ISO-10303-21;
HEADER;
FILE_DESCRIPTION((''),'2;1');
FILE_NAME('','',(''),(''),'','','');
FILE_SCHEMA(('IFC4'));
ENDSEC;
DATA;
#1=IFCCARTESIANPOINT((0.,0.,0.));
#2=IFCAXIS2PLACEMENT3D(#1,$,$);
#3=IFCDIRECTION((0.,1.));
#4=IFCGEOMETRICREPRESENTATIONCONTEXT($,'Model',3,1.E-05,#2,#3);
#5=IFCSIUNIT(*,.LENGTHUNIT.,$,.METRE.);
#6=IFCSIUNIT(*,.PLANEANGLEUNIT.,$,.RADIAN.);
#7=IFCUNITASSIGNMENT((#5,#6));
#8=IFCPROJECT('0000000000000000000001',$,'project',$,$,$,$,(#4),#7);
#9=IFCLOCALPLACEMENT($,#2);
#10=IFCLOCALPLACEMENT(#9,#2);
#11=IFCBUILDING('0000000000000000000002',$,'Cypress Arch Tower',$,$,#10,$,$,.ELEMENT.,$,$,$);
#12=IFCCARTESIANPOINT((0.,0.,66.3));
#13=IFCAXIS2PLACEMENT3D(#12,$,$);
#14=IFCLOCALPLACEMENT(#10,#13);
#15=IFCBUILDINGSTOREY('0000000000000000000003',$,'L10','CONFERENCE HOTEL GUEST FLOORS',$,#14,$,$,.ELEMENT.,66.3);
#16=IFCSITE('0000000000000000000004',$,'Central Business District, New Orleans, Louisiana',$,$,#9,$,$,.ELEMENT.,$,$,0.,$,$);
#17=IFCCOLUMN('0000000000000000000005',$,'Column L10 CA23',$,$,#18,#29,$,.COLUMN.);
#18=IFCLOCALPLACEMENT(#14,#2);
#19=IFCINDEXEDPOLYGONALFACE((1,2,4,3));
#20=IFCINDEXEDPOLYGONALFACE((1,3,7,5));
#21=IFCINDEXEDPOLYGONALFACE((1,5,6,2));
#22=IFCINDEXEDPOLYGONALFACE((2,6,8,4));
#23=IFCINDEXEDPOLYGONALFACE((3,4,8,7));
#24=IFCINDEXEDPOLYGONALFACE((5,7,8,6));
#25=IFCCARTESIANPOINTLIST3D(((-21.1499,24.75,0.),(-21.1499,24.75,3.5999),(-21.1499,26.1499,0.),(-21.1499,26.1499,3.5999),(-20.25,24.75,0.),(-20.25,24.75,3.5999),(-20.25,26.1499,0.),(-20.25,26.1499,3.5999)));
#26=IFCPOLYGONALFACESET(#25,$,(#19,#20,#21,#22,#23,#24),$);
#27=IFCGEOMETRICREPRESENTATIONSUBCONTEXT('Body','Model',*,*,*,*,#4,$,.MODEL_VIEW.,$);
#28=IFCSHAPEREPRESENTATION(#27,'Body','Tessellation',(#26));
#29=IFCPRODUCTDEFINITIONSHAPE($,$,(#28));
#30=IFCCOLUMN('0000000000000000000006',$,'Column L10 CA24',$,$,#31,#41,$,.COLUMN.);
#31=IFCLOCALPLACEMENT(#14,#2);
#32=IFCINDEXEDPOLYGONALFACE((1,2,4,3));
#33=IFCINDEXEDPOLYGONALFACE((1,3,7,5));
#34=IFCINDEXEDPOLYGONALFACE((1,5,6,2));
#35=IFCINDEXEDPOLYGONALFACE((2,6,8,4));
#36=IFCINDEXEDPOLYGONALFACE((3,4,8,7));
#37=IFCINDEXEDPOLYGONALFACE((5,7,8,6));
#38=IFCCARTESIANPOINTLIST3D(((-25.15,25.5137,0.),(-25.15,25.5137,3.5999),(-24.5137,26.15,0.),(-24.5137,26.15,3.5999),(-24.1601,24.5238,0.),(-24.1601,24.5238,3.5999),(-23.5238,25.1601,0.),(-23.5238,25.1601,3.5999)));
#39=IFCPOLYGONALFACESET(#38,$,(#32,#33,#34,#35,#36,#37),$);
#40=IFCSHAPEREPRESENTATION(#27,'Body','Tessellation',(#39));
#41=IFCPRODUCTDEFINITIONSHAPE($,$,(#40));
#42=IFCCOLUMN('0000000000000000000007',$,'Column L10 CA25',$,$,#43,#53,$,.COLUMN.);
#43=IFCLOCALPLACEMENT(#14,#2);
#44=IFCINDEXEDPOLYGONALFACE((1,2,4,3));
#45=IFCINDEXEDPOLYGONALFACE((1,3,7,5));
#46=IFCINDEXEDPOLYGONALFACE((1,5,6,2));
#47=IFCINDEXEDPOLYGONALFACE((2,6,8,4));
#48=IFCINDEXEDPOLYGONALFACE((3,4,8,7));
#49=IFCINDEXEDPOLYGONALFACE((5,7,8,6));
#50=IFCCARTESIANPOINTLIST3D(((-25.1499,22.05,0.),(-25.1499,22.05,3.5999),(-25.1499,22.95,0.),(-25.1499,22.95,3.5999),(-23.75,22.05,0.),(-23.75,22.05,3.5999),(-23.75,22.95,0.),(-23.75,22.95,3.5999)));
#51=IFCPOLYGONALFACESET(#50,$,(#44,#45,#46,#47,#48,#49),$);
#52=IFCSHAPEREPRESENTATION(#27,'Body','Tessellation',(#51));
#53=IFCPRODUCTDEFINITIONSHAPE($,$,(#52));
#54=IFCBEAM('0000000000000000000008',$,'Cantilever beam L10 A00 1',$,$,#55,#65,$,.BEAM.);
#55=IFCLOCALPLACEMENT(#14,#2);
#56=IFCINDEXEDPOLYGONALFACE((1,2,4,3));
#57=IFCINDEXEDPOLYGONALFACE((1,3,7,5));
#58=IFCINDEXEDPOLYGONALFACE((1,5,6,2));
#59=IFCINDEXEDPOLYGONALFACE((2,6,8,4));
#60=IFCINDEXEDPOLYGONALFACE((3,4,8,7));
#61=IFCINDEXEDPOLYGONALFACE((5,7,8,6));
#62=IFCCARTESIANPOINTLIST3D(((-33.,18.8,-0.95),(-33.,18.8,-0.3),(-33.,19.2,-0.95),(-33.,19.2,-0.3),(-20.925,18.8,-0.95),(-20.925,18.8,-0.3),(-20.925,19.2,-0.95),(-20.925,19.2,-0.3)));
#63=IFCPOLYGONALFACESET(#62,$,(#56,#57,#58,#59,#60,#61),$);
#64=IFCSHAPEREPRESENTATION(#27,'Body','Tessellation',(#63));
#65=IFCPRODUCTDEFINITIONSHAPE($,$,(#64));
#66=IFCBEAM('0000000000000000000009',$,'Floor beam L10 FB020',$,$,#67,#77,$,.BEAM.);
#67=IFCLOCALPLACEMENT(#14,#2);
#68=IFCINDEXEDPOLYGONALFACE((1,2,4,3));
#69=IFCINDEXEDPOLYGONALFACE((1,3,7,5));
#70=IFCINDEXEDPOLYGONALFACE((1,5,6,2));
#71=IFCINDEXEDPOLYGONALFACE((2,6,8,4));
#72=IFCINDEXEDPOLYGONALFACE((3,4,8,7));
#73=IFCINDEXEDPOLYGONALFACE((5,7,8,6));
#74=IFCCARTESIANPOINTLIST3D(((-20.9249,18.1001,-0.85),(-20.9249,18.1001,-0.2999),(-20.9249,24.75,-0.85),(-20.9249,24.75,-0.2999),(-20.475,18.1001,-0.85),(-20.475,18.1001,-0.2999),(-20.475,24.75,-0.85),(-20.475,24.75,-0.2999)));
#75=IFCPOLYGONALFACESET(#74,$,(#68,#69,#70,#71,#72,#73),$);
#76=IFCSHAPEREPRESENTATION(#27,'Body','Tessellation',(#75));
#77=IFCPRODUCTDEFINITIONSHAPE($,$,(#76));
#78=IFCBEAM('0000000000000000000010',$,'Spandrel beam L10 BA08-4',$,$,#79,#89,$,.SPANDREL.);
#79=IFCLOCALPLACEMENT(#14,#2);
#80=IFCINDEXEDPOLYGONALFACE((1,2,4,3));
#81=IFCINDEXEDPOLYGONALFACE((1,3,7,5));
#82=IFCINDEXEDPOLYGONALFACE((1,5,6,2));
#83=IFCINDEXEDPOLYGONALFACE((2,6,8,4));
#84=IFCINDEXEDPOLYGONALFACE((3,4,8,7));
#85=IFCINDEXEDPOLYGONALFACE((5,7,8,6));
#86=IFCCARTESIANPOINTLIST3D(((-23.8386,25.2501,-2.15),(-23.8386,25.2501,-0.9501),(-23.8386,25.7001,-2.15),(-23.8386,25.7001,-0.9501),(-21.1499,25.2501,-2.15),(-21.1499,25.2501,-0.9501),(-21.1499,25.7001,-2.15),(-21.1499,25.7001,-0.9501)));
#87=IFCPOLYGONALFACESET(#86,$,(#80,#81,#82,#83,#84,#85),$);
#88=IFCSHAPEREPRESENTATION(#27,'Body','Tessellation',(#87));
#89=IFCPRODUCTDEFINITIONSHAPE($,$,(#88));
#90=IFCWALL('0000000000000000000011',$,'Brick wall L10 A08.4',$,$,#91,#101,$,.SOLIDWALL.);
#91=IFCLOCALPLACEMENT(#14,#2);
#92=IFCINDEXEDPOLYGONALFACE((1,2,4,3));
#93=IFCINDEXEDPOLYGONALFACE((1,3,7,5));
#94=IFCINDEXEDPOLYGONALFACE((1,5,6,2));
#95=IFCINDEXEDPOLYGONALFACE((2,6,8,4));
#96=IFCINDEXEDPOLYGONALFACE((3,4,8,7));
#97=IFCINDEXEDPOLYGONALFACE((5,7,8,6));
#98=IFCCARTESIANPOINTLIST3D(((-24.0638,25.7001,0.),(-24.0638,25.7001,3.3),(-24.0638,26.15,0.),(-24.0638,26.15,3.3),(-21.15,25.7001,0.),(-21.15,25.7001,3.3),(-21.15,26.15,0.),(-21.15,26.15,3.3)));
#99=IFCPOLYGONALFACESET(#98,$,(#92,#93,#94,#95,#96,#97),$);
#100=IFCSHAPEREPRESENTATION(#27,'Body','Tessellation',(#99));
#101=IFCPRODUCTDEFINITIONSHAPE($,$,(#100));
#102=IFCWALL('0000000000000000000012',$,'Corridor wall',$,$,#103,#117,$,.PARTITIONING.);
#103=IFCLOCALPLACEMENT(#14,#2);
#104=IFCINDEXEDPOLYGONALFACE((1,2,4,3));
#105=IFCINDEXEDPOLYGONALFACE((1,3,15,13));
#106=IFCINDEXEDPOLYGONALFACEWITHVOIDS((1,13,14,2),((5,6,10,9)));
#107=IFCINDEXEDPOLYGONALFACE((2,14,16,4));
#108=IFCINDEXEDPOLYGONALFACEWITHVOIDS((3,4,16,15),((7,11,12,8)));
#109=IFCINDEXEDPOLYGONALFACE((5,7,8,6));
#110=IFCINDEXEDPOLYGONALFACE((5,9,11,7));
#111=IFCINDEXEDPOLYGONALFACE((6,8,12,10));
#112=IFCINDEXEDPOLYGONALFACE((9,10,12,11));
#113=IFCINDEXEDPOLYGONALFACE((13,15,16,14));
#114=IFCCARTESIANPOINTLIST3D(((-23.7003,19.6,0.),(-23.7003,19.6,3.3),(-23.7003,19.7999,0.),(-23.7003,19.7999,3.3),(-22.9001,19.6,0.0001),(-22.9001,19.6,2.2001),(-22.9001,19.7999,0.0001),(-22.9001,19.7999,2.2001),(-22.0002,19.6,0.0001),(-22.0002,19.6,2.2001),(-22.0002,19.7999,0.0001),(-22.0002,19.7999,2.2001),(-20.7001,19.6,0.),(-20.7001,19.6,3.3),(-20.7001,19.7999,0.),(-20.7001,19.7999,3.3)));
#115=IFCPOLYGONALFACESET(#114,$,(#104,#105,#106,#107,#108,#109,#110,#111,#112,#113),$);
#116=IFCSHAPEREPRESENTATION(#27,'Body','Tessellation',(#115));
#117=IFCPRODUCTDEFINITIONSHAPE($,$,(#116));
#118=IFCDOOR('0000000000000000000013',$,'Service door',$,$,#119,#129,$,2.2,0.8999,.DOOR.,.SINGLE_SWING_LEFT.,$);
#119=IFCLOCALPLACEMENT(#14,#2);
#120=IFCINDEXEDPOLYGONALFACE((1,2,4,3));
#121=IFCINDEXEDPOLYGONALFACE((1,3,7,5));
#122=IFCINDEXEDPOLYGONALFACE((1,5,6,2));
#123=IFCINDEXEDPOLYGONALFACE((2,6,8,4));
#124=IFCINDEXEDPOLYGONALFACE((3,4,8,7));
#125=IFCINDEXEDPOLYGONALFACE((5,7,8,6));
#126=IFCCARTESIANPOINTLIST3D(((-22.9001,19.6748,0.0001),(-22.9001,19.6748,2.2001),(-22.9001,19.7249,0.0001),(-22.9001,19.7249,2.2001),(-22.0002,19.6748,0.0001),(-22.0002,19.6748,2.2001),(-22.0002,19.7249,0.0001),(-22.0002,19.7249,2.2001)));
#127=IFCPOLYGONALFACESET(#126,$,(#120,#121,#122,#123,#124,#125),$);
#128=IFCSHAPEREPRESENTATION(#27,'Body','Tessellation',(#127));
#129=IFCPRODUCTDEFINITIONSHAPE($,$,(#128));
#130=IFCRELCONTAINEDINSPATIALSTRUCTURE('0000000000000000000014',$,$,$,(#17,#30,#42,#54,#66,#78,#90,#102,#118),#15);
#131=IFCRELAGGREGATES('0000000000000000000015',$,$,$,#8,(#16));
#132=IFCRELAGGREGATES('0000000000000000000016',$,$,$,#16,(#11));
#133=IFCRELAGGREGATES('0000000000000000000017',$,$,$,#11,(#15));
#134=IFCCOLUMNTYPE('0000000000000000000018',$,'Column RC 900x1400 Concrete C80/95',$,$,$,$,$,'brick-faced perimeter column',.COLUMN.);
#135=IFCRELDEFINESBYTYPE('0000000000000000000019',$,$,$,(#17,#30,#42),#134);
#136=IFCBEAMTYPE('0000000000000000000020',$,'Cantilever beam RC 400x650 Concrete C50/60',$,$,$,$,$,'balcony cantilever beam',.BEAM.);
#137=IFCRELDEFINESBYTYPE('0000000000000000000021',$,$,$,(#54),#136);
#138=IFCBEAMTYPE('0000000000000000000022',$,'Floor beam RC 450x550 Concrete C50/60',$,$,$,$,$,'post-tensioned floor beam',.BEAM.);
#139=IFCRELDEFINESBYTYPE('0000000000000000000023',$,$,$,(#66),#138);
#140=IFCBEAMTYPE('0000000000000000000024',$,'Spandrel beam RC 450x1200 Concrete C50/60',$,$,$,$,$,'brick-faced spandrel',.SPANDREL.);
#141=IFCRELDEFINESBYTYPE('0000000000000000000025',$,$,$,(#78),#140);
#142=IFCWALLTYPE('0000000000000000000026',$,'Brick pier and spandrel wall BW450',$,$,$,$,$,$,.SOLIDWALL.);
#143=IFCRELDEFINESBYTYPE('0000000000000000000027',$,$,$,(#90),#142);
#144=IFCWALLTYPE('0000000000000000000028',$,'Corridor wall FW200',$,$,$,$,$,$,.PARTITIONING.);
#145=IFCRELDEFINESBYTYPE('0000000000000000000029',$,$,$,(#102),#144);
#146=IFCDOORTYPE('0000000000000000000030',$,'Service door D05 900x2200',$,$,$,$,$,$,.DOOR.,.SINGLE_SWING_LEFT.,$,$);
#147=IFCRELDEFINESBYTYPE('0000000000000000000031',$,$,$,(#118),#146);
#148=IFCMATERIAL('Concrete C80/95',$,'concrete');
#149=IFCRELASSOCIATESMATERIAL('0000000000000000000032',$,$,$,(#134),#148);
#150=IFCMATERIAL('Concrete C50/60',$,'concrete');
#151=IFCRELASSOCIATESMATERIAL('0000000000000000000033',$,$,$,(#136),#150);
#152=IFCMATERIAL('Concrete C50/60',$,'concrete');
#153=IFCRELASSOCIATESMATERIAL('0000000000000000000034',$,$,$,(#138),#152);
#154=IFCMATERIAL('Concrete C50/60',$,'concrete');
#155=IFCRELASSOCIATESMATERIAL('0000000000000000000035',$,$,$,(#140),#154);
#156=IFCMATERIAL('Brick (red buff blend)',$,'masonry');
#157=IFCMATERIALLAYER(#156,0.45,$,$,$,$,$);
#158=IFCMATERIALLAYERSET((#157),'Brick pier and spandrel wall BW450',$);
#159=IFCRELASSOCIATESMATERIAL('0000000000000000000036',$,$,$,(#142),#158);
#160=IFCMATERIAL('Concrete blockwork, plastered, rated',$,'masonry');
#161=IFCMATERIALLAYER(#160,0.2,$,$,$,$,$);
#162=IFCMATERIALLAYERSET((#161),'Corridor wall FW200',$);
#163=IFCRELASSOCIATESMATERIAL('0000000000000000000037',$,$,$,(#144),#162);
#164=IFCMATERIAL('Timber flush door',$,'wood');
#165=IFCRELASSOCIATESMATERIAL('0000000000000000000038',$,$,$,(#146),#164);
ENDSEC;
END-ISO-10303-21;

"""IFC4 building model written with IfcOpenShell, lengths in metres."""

from ifc_helpers import new_model, si_unit, direction, frame, frame_2d, origin, origin_2d, place, context, subcontext, project, spatial, rectangle, extrude, material, layer, layer_set, material_profile, profile_set, type_object, element, fill, save


model = new_model("IFC4")

# Units and contexts
model_context = context("Model", 3, precision=1e-05, world=origin(), true_north=direction((0.0, 1.0)))
body_context = subcontext(model_context, "Body", "Model", "MODEL_VIEW")
ifc_project = project(units=[si_unit("LENGTHUNIT", "METRE"), si_unit("PLANEANGLEUNIT", "RADIAN")], contexts=[model_context])

# Site, building, storey
site_placement = place(None, origin())
site = spatial("IfcSite", under=ifc_project, at=site_placement, Name="Central Business District, New Orleans, Louisiana", CompositionType="ELEMENT", RefElevation=0.0)
building_placement = place(site_placement, origin())
building = spatial("IfcBuilding", under=site, at=building_placement, Name="Cypress Arch Tower", CompositionType="ELEMENT")
storey_placement = place(building_placement, frame((0.0, 0.0, 66.3)))
storey = spatial("IfcBuildingStorey", under=building, at=storey_placement, Name="L10", Description="CONFERENCE HOTEL GUEST FLOORS", CompositionType="ELEMENT", Elevation=66.3)

# Columns
ifc_material_1 = material(Name="Concrete C80/95", Category="concrete")
ifc_material_profile_1 = material_profile(ifc_material_1, rectangle(XDim=0.8999, YDim=1.3999, at=origin_2d()), Name="RC 900x1400")
ifc_profile_set_1 = profile_set([ifc_material_profile_1], Name="Concrete C80/95")
column_type = type_object("IfcColumnType", Name="Column RC 900x1400 Concrete C80/95", ElementType="brick-faced perimeter column", PredefinedType="COLUMN", material=ifc_profile_set_1)
for number, where, z_axis, x_axis, name in (
    (1, (-20.7, 25.45, 0.0), (0.0, 0.0, 1.0), (-1.0, 0.0, 0.0), "Column L10 CA23"),
    (2, (-24.3369, 25.3369, 0.0), (0.0, 0.0, 1.0), (-0.707107, -0.707107, 0.0), "Column L10 CA24"),
    (3, (-24.45, 22.5, 0.0), (0.0, 0.0, 1.0), (0.0, -1.0, 0.0), "Column L10 CA25"),
):
    element("IfcColumn", number, at=place(storey_placement, frame(where, z_axis=z_axis, x_axis=x_axis)), inside=storey, type_object=column_type, Name=name, PredefinedType="COLUMN", context=body_context, shape_type="SweptSolid", body=[
        extrude(rectangle(XDim=0.8999, YDim=1.3999, at=origin_2d()), origin(), (0.0, 0.0, 1.0), 3.5999),
    ])

# Beams
ifc_material_2 = material(Name="Concrete C50/60", Category="concrete")
ifc_material_profile_2 = material_profile(ifc_material_2, rectangle(XDim=0.3999, YDim=0.6499, at=origin_2d()), Name="RC 400x650")
ifc_profile_set_2 = profile_set([ifc_material_profile_2], Name="Concrete C50/60")
beam_type_1 = type_object("IfcBeamType", Name="Cantilever beam RC 400x650 Concrete C50/60", ElementType="balcony cantilever beam", PredefinedType="BEAM", material=ifc_profile_set_2)
beam_1_placement = place(storey_placement, frame((-20.925, 19.0, -0.625), z_axis=(-1.0, 0.0, 0.0), x_axis=(0.0, -1.0, 0.0)))
element("IfcBeam", 4, at=beam_1_placement, inside=storey, type_object=beam_type_1, Name="Cantilever beam L10 A00 1", PredefinedType="BEAM", context=body_context, shape_type="SweptSolid", body=[
    extrude(rectangle(XDim=0.3999, YDim=0.6499, at=origin_2d()), origin(), (0.0, 0.0, 1.0), 12.075),
])
ifc_material_3 = material(Name="Concrete C50/60", Category="concrete")
ifc_material_profile_3 = material_profile(ifc_material_3, rectangle(XDim=0.45, YDim=0.55, at=origin_2d()), Name="RC 450x550")
ifc_profile_set_3 = profile_set([ifc_material_profile_3], Name="Concrete C50/60")
beam_type_2 = type_object("IfcBeamType", Name="Floor beam RC 450x550 Concrete C50/60", ElementType="post-tensioned floor beam", PredefinedType="BEAM", material=ifc_profile_set_3)
beam_2_placement = place(storey_placement, frame((-20.7, 18.1001, -0.575), z_axis=(0.0, 1.0, 0.0), x_axis=(-1.0, 0.0, 0.0)))
element("IfcBeam", 5, at=beam_2_placement, inside=storey, type_object=beam_type_2, Name="Floor beam L10 FB020", PredefinedType="BEAM", context=body_context, shape_type="SweptSolid", body=[
    extrude(rectangle(XDim=0.45, YDim=0.55, at=origin_2d()), origin(), (0.0, 0.0, 1.0), 6.6499),
])
ifc_material_4 = material(Name="Concrete C50/60", Category="concrete")
ifc_material_profile_4 = material_profile(ifc_material_4, rectangle(XDim=0.45, YDim=1.2, at=origin_2d()), Name="RC 450x1200")
ifc_profile_set_4 = profile_set([ifc_material_profile_4], Name="Concrete C50/60")
beam_type_3 = type_object("IfcBeamType", Name="Spandrel beam RC 450x1200 Concrete C50/60", ElementType="brick-faced spandrel", PredefinedType="SPANDREL", material=ifc_profile_set_4)
beam_3_placement = place(storey_placement, frame((-21.1499, 25.4751, -1.55), z_axis=(-1.0, 0.0, 0.0), x_axis=(0.0, -1.0, 0.0)))
element("IfcBeam", 6, at=beam_3_placement, inside=storey, type_object=beam_type_3, Name="Spandrel beam L10 BA08-4", PredefinedType="SPANDREL", context=body_context, shape_type="SweptSolid", body=[
    extrude(rectangle(XDim=0.45, YDim=1.2, at=origin_2d()), origin(), (0.0, 0.0, 1.0), 2.6887),
])

# Wall
ifc_material_5 = material(Name="Brick (red buff blend)", Category="masonry")
ifc_layer_1 = layer(ifc_material_5, 0.45)
ifc_layer_set_1 = layer_set([ifc_layer_1], Name="Brick pier and spandrel wall BW450")
wall_type_1 = type_object("IfcWallType", Name="Brick pier and spandrel wall BW450", PredefinedType="SOLIDWALL", material=ifc_layer_set_1)
wall_1_placement = place(storey_placement, frame((-21.1499, 25.925, 0.0), z_axis=(0.0, 0.0, 1.0), x_axis=(-1.0, 0.0, 0.0)))
element("IfcWall", 7, at=wall_1_placement, inside=storey, type_object=wall_type_1, Name="Brick wall L10 A08.4", PredefinedType="SOLIDWALL", context=body_context, shape_type="SweptSolid", body=[
    extrude(rectangle(XDim=2.9138, YDim=0.45, at=frame_2d((1.457, 0.0))), origin(), (0.0, 0.0, 1.0), 3.3),
])

# Wall, opening, door
ifc_material_6 = material(Name="Concrete blockwork, plastered, rated", Category="masonry")
ifc_layer_2 = layer(ifc_material_6, 0.2)
ifc_layer_set_2 = layer_set([ifc_layer_2], Name="Corridor wall FW200")
wall_type_2 = type_object("IfcWallType", Name="Corridor wall FW200", PredefinedType="PARTITIONING", material=ifc_layer_set_2)
wall_2_placement = place(storey_placement, frame((-23.7002, 19.7, 0.0), z_axis=(0.0, 0.0, 1.0), x_axis=(1.0, 0.0, 0.0)))
wall_2 = element("IfcWall", 8, at=wall_2_placement, inside=storey, type_object=wall_type_2, Name="Corridor wall", PredefinedType="PARTITIONING", context=body_context, shape_type="SweptSolid", body=[
    extrude(rectangle(XDim=3.0002, YDim=0.2, at=frame_2d((1.5, 0.0))), origin(), (0.0, 0.0, 1.0), 3.3),
])
opening_1_placement = place(wall_2_placement, frame((0.8, 0.0, 0.0)))
opening_1 = element("IfcOpeningElement", 9, at=opening_1_placement, cuts=wall_2, PredefinedType="OPENING", context=body_context, shape_type="SweptSolid", body=[
    extrude(rectangle(XDim=0.8999, YDim=2.2, at=frame_2d((0.45, 1.1001))), frame((0.0, 0.1099, 0.0), z_axis=(0.0, -1.0, 0.0), x_axis=(1.0, 0.0, 0.0)), (0.0, 0.0, 1.0), 0.22),
])
ifc_material_7 = material(Name="Timber flush door", Category="wood")
door_type_1 = type_object("IfcDoorType", Name="Service door D05 900x2200", OperationType="SINGLE_SWING_LEFT", PredefinedType="DOOR", material=ifc_material_7)
door_1_placement = place(opening_1_placement, origin())
door_1 = element("IfcDoor", 10, at=door_1_placement, inside=storey, type_object=door_type_1, Name="Service door", OperationType="SINGLE_SWING_LEFT", OverallHeight=2.2, OverallWidth=0.8999, PredefinedType="DOOR", context=body_context, shape_type="SweptSolid", body=[
    extrude(rectangle(XDim=0.8999, YDim=2.2, at=frame_2d((0.45, 1.1001))), frame((0.0, 0.0249, 0.0), z_axis=(0.0, -1.0, 0.0), x_axis=(1.0, 0.0, 0.0)), (0.0, 0.0, 1.0), 0.05),
])
fill(opening_1, door_1)

save(model, "model.ifc")
